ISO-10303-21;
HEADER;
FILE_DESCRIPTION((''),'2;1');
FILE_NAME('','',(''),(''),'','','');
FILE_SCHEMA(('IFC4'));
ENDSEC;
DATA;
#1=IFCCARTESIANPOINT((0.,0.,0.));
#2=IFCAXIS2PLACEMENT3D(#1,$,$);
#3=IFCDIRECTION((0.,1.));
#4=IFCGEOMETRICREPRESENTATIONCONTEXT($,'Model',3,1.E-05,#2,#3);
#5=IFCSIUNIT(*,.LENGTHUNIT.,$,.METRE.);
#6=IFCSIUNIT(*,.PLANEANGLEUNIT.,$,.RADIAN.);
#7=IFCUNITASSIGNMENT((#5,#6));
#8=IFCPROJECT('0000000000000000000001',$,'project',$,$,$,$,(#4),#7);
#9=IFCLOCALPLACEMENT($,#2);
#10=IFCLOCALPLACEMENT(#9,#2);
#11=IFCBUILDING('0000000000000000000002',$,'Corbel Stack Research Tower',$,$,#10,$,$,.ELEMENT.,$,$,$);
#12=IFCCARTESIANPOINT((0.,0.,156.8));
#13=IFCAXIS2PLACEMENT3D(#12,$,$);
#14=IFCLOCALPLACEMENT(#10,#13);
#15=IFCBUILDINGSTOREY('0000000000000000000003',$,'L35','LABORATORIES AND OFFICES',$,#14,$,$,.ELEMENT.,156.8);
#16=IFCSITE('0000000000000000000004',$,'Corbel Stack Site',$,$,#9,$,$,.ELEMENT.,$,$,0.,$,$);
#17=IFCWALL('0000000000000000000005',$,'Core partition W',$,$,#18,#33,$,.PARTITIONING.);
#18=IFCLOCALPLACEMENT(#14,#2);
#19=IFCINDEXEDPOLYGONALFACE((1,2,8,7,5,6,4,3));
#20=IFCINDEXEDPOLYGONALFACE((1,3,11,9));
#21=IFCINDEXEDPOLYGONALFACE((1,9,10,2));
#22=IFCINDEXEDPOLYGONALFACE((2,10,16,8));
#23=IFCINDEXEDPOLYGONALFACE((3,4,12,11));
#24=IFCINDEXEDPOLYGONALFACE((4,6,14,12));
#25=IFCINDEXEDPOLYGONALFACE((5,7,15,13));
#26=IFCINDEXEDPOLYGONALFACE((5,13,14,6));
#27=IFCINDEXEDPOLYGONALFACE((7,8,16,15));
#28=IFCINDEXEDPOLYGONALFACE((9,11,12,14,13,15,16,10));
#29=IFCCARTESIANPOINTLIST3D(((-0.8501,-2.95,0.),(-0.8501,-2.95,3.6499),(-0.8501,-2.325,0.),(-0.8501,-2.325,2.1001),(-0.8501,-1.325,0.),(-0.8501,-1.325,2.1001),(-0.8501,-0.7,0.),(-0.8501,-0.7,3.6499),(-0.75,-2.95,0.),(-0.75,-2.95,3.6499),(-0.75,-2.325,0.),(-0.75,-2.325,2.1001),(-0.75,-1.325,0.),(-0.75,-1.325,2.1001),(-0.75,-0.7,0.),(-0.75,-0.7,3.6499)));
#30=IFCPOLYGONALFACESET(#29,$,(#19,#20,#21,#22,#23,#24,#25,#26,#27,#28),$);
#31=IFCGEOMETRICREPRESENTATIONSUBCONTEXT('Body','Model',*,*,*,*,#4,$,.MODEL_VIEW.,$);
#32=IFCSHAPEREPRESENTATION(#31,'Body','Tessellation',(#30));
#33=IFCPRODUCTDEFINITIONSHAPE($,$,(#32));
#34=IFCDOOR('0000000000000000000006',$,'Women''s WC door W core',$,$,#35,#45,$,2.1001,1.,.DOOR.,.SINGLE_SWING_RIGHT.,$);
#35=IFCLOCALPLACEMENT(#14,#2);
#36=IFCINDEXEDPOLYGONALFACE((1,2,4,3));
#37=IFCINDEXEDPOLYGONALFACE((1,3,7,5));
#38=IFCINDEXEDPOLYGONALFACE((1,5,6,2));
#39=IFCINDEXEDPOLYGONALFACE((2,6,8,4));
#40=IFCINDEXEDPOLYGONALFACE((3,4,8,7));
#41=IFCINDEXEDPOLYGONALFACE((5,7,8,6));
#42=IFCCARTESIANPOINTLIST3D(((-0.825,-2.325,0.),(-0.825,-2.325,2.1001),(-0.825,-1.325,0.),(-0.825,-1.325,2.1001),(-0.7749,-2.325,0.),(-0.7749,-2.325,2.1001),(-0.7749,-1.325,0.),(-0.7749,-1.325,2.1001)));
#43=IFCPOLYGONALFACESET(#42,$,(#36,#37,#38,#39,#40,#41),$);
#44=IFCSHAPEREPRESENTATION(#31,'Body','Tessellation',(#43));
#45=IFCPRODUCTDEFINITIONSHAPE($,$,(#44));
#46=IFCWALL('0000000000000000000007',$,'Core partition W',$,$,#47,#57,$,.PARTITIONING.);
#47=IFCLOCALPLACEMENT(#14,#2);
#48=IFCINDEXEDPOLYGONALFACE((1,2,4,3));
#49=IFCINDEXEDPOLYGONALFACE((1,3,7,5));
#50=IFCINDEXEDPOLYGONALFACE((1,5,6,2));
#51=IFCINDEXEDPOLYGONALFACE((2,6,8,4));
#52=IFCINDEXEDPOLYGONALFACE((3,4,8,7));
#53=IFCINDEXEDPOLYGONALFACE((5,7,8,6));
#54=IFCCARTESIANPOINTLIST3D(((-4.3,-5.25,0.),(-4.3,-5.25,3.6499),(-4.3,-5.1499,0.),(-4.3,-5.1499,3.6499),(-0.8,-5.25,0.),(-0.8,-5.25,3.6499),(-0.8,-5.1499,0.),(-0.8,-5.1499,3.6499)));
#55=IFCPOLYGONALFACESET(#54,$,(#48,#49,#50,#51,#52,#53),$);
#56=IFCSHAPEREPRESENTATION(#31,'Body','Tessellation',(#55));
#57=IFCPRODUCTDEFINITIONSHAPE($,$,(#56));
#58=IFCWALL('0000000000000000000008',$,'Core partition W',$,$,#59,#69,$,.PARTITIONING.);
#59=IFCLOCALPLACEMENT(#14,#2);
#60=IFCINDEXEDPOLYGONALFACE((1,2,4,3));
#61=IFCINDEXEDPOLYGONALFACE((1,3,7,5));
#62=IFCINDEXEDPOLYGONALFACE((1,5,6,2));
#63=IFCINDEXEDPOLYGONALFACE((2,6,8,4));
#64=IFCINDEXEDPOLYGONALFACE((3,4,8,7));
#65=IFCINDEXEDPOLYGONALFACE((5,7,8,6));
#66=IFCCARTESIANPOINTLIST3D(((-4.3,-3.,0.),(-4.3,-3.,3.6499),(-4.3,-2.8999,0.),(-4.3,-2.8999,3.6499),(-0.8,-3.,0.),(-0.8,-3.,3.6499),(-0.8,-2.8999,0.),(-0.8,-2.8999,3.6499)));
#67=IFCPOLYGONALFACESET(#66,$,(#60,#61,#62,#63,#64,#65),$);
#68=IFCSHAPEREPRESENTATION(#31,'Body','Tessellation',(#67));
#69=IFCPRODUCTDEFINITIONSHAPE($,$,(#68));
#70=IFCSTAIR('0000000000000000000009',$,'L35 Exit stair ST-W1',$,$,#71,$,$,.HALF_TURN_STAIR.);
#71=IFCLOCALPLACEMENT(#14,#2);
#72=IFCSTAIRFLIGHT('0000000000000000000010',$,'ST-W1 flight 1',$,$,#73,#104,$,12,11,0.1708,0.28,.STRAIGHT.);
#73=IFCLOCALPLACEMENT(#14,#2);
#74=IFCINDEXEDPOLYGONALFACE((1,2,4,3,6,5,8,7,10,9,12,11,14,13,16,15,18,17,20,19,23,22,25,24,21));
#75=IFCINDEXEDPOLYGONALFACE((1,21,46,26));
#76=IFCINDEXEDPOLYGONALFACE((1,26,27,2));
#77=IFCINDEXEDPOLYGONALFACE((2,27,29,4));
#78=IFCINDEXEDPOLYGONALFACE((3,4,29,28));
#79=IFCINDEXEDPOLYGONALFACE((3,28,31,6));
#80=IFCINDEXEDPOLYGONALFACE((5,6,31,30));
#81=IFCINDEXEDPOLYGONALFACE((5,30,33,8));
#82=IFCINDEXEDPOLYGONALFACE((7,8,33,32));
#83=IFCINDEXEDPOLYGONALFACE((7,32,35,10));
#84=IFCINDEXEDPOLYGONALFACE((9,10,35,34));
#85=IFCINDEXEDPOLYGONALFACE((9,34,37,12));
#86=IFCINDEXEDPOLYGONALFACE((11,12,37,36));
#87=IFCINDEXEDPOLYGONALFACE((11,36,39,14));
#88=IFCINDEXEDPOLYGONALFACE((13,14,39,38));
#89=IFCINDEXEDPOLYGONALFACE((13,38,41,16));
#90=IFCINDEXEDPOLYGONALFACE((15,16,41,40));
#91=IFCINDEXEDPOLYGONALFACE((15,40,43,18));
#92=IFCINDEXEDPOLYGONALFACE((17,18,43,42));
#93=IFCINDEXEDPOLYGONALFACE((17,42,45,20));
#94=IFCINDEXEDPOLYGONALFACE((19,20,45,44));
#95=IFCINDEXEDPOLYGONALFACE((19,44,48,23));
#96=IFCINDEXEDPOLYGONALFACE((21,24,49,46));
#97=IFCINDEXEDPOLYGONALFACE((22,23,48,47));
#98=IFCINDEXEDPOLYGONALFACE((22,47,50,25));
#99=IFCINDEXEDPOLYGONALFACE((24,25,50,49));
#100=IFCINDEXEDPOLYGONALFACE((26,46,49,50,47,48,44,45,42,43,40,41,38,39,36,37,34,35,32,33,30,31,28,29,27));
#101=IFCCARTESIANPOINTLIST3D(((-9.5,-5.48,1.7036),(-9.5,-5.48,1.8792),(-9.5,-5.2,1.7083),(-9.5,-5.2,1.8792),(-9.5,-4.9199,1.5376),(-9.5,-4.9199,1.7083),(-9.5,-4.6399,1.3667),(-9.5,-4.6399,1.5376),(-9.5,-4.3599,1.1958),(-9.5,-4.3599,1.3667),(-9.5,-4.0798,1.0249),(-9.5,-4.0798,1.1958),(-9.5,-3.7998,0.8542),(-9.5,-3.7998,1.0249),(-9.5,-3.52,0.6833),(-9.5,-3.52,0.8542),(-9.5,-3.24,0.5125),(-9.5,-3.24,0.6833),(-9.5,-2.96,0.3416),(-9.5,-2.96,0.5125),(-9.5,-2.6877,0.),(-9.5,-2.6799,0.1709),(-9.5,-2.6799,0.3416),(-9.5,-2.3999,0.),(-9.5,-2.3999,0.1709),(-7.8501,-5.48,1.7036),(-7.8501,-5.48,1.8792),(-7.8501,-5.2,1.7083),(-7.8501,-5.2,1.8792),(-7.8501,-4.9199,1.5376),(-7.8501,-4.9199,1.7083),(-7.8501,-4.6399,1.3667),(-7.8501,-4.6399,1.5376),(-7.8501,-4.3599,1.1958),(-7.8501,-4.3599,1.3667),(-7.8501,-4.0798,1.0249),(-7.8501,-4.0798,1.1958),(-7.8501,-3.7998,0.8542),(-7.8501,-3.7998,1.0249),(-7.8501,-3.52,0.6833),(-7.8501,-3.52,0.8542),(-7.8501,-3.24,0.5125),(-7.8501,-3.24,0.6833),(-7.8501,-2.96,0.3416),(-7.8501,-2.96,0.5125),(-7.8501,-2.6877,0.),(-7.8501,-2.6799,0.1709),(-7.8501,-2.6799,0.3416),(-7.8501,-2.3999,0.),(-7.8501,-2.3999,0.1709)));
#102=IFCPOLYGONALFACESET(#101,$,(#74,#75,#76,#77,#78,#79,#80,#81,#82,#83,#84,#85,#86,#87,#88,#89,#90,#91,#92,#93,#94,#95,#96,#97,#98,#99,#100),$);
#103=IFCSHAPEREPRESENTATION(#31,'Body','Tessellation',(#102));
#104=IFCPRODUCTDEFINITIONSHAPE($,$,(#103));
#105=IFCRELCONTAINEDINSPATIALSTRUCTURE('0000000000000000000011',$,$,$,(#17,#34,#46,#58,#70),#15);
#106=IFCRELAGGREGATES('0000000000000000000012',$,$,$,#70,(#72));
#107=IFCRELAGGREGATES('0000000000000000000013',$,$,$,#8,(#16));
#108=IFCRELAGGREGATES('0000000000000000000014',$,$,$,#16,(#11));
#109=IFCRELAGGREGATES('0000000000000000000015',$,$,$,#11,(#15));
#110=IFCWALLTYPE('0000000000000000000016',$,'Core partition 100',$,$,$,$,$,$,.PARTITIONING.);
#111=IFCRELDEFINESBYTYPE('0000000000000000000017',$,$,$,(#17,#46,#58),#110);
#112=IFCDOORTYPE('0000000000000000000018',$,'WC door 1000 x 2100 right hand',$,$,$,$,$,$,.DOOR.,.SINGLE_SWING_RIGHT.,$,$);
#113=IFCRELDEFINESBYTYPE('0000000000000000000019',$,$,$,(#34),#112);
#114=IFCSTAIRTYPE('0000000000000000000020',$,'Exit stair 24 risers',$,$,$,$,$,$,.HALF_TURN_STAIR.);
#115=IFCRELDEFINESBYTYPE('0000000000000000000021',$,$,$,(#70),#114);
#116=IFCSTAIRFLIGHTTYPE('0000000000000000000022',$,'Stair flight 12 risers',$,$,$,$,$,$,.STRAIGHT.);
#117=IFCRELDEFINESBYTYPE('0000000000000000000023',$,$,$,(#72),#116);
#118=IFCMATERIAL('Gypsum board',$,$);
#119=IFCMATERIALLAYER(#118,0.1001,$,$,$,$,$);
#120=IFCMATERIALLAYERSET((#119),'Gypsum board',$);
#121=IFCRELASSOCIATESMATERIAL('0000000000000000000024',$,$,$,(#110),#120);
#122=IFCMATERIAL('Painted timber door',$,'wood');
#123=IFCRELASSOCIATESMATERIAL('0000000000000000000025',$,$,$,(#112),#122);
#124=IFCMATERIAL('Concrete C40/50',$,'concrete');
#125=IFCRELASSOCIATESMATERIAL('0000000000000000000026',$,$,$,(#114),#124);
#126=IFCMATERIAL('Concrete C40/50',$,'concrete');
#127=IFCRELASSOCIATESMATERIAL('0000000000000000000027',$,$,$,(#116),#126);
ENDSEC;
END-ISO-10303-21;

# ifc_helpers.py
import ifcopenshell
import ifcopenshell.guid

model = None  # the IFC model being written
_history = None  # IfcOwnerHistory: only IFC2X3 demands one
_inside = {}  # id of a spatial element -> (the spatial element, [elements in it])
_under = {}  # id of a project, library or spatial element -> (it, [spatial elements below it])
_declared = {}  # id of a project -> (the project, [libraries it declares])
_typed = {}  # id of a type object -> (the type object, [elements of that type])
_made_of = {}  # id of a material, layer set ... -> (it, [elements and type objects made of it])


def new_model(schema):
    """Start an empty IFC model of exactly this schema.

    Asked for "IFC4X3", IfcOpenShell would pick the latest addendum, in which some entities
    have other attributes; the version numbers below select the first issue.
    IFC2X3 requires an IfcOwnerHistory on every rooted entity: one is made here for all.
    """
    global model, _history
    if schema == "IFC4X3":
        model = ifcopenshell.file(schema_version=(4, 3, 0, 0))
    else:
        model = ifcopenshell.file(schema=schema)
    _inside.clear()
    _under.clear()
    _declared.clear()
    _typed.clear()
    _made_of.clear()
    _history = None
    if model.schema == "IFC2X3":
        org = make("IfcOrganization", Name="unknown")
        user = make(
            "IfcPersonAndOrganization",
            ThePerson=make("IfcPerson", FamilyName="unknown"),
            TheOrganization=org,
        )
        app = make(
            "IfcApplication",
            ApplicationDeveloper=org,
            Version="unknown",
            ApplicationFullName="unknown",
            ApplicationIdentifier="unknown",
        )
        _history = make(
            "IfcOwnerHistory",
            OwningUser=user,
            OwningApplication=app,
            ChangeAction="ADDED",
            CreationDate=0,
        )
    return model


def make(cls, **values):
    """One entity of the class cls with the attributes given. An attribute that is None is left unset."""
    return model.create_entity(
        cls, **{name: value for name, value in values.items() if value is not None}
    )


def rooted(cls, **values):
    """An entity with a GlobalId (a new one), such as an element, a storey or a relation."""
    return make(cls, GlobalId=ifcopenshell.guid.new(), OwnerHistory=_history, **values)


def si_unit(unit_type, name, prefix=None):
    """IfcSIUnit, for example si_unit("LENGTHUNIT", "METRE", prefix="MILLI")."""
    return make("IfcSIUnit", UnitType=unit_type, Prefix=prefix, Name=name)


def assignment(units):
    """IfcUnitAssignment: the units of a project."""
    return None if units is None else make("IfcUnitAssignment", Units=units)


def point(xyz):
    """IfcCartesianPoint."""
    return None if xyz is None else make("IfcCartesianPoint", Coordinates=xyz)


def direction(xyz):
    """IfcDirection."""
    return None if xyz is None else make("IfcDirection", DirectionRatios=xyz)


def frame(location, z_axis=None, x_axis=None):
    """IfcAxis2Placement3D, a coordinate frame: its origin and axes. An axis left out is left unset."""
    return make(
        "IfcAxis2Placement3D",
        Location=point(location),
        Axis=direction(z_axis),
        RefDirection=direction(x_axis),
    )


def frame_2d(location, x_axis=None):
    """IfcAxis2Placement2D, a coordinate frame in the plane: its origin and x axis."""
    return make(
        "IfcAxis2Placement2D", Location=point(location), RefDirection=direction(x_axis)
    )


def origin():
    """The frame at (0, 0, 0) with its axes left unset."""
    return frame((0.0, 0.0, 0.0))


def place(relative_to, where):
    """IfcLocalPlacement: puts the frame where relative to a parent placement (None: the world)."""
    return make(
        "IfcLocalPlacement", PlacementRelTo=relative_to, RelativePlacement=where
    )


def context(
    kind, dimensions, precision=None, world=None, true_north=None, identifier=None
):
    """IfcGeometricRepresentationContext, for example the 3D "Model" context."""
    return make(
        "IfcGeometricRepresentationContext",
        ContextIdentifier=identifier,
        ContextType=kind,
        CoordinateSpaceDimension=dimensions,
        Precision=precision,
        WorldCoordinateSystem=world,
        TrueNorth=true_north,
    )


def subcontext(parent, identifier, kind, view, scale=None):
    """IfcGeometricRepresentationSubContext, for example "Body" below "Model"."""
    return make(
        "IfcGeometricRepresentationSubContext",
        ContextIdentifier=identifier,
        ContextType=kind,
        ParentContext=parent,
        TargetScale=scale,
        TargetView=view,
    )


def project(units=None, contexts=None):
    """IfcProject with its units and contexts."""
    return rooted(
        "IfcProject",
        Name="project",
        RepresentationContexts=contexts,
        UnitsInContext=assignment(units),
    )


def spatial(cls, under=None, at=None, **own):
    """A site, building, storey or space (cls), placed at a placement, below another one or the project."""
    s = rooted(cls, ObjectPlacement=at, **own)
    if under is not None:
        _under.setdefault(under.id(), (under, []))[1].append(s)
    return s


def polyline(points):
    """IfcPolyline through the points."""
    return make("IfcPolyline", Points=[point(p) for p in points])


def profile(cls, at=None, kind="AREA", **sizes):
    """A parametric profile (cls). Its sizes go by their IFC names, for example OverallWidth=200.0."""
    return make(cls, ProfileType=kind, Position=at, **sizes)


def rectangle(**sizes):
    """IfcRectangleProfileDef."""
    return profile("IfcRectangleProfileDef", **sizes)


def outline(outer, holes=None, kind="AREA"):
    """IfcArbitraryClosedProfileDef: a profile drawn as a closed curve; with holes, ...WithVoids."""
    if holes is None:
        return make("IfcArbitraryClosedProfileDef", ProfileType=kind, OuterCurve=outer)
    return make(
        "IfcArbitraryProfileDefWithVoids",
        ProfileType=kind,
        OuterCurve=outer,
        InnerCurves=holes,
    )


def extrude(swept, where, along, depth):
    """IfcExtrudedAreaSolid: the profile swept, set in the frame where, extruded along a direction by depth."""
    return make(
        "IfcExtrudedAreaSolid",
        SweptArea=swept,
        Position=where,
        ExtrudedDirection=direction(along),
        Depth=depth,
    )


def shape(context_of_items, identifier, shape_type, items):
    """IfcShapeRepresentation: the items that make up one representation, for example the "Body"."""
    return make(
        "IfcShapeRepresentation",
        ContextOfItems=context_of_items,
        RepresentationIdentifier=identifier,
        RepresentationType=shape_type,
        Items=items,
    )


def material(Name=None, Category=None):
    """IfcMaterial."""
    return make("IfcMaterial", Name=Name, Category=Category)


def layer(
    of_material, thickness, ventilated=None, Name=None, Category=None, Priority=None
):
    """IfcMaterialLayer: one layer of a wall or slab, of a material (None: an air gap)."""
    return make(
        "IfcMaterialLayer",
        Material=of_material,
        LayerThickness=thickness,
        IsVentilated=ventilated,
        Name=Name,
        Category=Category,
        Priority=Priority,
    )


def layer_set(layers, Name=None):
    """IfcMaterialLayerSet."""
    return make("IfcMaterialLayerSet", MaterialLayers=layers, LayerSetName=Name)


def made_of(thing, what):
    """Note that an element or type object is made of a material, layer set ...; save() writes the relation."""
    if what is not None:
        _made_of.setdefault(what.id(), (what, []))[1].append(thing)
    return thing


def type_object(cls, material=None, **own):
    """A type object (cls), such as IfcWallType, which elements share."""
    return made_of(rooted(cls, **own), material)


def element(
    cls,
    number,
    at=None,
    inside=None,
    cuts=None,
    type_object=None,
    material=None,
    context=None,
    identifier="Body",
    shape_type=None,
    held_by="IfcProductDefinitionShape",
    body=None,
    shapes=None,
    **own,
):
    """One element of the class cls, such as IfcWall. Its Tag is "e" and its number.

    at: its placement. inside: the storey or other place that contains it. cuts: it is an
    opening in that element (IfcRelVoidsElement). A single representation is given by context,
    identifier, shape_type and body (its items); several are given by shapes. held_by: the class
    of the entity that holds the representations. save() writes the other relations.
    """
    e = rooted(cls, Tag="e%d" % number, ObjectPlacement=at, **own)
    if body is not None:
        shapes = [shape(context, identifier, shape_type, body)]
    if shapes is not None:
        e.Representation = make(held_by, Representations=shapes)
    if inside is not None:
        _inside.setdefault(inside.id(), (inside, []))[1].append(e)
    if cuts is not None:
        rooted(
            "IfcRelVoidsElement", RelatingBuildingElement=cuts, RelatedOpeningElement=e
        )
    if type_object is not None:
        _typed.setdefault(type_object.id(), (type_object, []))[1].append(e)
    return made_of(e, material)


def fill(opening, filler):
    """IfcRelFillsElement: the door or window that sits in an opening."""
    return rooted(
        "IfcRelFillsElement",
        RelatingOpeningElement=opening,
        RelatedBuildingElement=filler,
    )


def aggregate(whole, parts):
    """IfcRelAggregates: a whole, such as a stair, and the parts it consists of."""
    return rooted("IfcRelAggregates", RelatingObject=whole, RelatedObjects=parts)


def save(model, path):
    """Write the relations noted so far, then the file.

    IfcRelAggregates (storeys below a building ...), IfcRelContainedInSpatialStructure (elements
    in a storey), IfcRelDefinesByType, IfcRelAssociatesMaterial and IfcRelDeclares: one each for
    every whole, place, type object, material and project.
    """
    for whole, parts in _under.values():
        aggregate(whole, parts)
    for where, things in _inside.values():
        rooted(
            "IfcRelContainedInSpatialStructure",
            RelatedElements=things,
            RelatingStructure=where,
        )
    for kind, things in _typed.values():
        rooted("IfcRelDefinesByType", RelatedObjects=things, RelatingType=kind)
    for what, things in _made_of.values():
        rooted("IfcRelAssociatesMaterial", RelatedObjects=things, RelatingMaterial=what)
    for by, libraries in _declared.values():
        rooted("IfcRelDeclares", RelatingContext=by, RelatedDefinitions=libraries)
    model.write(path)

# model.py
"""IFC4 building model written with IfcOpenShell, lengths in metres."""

from ifc_helpers import new_model, si_unit, direction, frame, frame_2d, origin, place, context, subcontext, project, spatial, polyline, rectangle, outline, extrude, material, layer, layer_set, type_object, element, fill, aggregate, save


model = new_model("IFC4")

# Units and contexts
model_context = context("Model", 3, precision=1e-05, world=origin(), true_north=direction((0.0, 1.0)))
body_context = subcontext(model_context, "Body", "Model", "MODEL_VIEW")
ifc_project = project(units=[si_unit("LENGTHUNIT", "METRE"), si_unit("PLANEANGLEUNIT", "RADIAN")], contexts=[model_context])

# Site, building, storey
site_placement = place(None, origin())
site = spatial("IfcSite", under=ifc_project, at=site_placement, Name="Corbel Stack Site", CompositionType="ELEMENT", RefElevation=0.0)
building_placement = place(site_placement, origin())
building = spatial("IfcBuilding", under=site, at=building_placement, Name="Corbel Stack Research Tower", CompositionType="ELEMENT")
storey_placement = place(building_placement, frame((0.0, 0.0, 156.8)))
storey = spatial("IfcBuildingStorey", under=building, at=storey_placement, Name="L35", Description="LABORATORIES AND OFFICES", CompositionType="ELEMENT", Elevation=156.8)

# Wall, opening, door
ifc_material_1 = material(Name="Gypsum board")
ifc_layer_1 = layer(ifc_material_1, 0.1001)
ifc_layer_set_1 = layer_set([ifc_layer_1], Name="Gypsum board")
wall_type_1 = type_object("IfcWallType", Name="Core partition 100", PredefinedType="PARTITIONING", material=ifc_layer_set_1)
ifc_material_2 = material(Name="Painted timber door", Category="wood")
door_type_1 = type_object("IfcDoorType", Name="WC door 1000 x 2100 right hand", OperationType="SINGLE_SWING_RIGHT", PredefinedType="DOOR", material=ifc_material_2)
wall_1_placement = place(storey_placement, frame((-0.8, -2.95, 0.0), z_axis=(0.0, 0.0, 1.0), x_axis=(0.0, 1.0, 0.0)))
wall_1 = element("IfcWall", 1, at=wall_1_placement, inside=storey, type_object=wall_type_1, Name="Core partition W", PredefinedType="PARTITIONING", context=body_context, shape_type="SweptSolid", body=[
    extrude(rectangle(XDim=2.25, YDim=0.1001, at=frame_2d((1.125, 0.0))), origin(), (0.0, 0.0, 1.0), 3.6499),
])
opening_1_placement = place(wall_1_placement, frame((0.625, 0.0, 0.0)))
opening_1 = element("IfcOpeningElement", 2, at=opening_1_placement, cuts=wall_1, PredefinedType="OPENING", context=body_context, shape_type="SweptSolid", body=[
    extrude(rectangle(XDim=1.0, YDim=2.1001, at=frame_2d((0.5, 1.05))), frame((0.0, 0.0601, 0.0), z_axis=(0.0, -1.0, 0.0), x_axis=(1.0, 0.0, 0.0)), (0.0, 0.0, 1.0), 0.1201),
])
door_1_placement = place(opening_1_placement, origin())
door_1 = element("IfcDoor", 3, at=door_1_placement, inside=storey, type_object=door_type_1, Name="Women's WC door W core", OperationType="SINGLE_SWING_RIGHT", OverallHeight=2.1001, OverallWidth=1.0, PredefinedType="DOOR", context=body_context, shape_type="SweptSolid", body=[
    extrude(rectangle(XDim=1.0, YDim=2.1001, at=frame_2d((0.5, 1.05))), frame((0.0, 0.0249, 0.0), z_axis=(0.0, -1.0, 0.0), x_axis=(1.0, 0.0, 0.0)), (0.0, 0.0, 1.0), 0.05),
])
fill(opening_1, door_1)

# Walls
for number, where, z_axis, x_axis, name in (
    (4, (-4.3, -5.2, 0.0), (0.0, 0.0, 1.0), (1.0, 0.0, 0.0), "Core partition W"),
    (5, (-4.3, -2.95, 0.0), (0.0, 0.0, 1.0), (1.0, 0.0, 0.0), "Core partition W"),
):
    element("IfcWall", number, at=place(storey_placement, frame(where, z_axis=z_axis, x_axis=x_axis)), inside=storey, type_object=wall_type_1, Name=name, PredefinedType="PARTITIONING", context=body_context, shape_type="SweptSolid", body=[
        extrude(rectangle(XDim=3.5, YDim=0.1001, at=frame_2d((1.75, 0.0))), origin(), (0.0, 0.0, 1.0), 3.6499),
    ])

# Stair, stair flight
ifc_material_3 = material(Name="Concrete C40/50", Category="concrete")
stair_type = type_object("IfcStairType", Name="Exit stair 24 risers", PredefinedType="HALF_TURN_STAIR", material=ifc_material_3)
stair_placement = place(storey_placement, origin())
stair = element("IfcStair", 6, at=stair_placement, inside=storey, type_object=stair_type, Name="L35 Exit stair ST-W1", PredefinedType="HALF_TURN_STAIR")
ifc_material_4 = material(Name="Concrete C40/50", Category="concrete")
stair_flight_type = type_object("IfcStairFlightType", Name="Stair flight 12 risers", PredefinedType="STRAIGHT", material=ifc_material_4)
stair_flight_placement = place(storey_placement, frame((-8.675, -2.3999, 0.0), z_axis=(0.0, 0.0, 1.0), x_axis=(0.0, -1.0, 0.0)))
stair_flight = element("IfcStairFlight", 7, at=stair_flight_placement, type_object=stair_flight_type, Name="ST-W1 flight 1", NumberOfRisers=12, NumberOfTreads=11, PredefinedType="STRAIGHT", RiserHeight=0.1708, TreadLength=0.28, context=body_context, shape_type="SweptSolid", body=[
    extrude(outline(polyline([(0.0, 0.0), (0.0, 0.1709), (0.28, 0.1709), (0.28, 0.3416), (0.5601, 0.3416), (0.5601, 0.5125), (0.8401, 0.5125), (0.8401, 0.6833), (1.1201, 0.6833), (1.1201, 0.8542), (1.3999, 0.8542), (1.3999, 1.0249), (1.6799, 1.0249), (1.6799, 1.1958), (1.96, 1.1958), (1.96, 1.3667), (2.24, 1.3667), (2.24, 1.5376), (2.52, 1.5376), (2.52, 1.7083), (2.8, 1.7083), (2.8, 1.8792), (3.0801, 1.8792), (3.0801, 2.05), (3.0801, 1.7036), (0.2878, 0.0), (0.0, 0.0)])), frame((0.0, 0.825, 0.0), z_axis=(0.0, -1.0, 0.0), x_axis=(1.0, 0.0, 0.0)), (0.0, 0.0, 1.0), 1.6499),
])
aggregate(stair, [stair_flight])

save(model, "model.ifc")
